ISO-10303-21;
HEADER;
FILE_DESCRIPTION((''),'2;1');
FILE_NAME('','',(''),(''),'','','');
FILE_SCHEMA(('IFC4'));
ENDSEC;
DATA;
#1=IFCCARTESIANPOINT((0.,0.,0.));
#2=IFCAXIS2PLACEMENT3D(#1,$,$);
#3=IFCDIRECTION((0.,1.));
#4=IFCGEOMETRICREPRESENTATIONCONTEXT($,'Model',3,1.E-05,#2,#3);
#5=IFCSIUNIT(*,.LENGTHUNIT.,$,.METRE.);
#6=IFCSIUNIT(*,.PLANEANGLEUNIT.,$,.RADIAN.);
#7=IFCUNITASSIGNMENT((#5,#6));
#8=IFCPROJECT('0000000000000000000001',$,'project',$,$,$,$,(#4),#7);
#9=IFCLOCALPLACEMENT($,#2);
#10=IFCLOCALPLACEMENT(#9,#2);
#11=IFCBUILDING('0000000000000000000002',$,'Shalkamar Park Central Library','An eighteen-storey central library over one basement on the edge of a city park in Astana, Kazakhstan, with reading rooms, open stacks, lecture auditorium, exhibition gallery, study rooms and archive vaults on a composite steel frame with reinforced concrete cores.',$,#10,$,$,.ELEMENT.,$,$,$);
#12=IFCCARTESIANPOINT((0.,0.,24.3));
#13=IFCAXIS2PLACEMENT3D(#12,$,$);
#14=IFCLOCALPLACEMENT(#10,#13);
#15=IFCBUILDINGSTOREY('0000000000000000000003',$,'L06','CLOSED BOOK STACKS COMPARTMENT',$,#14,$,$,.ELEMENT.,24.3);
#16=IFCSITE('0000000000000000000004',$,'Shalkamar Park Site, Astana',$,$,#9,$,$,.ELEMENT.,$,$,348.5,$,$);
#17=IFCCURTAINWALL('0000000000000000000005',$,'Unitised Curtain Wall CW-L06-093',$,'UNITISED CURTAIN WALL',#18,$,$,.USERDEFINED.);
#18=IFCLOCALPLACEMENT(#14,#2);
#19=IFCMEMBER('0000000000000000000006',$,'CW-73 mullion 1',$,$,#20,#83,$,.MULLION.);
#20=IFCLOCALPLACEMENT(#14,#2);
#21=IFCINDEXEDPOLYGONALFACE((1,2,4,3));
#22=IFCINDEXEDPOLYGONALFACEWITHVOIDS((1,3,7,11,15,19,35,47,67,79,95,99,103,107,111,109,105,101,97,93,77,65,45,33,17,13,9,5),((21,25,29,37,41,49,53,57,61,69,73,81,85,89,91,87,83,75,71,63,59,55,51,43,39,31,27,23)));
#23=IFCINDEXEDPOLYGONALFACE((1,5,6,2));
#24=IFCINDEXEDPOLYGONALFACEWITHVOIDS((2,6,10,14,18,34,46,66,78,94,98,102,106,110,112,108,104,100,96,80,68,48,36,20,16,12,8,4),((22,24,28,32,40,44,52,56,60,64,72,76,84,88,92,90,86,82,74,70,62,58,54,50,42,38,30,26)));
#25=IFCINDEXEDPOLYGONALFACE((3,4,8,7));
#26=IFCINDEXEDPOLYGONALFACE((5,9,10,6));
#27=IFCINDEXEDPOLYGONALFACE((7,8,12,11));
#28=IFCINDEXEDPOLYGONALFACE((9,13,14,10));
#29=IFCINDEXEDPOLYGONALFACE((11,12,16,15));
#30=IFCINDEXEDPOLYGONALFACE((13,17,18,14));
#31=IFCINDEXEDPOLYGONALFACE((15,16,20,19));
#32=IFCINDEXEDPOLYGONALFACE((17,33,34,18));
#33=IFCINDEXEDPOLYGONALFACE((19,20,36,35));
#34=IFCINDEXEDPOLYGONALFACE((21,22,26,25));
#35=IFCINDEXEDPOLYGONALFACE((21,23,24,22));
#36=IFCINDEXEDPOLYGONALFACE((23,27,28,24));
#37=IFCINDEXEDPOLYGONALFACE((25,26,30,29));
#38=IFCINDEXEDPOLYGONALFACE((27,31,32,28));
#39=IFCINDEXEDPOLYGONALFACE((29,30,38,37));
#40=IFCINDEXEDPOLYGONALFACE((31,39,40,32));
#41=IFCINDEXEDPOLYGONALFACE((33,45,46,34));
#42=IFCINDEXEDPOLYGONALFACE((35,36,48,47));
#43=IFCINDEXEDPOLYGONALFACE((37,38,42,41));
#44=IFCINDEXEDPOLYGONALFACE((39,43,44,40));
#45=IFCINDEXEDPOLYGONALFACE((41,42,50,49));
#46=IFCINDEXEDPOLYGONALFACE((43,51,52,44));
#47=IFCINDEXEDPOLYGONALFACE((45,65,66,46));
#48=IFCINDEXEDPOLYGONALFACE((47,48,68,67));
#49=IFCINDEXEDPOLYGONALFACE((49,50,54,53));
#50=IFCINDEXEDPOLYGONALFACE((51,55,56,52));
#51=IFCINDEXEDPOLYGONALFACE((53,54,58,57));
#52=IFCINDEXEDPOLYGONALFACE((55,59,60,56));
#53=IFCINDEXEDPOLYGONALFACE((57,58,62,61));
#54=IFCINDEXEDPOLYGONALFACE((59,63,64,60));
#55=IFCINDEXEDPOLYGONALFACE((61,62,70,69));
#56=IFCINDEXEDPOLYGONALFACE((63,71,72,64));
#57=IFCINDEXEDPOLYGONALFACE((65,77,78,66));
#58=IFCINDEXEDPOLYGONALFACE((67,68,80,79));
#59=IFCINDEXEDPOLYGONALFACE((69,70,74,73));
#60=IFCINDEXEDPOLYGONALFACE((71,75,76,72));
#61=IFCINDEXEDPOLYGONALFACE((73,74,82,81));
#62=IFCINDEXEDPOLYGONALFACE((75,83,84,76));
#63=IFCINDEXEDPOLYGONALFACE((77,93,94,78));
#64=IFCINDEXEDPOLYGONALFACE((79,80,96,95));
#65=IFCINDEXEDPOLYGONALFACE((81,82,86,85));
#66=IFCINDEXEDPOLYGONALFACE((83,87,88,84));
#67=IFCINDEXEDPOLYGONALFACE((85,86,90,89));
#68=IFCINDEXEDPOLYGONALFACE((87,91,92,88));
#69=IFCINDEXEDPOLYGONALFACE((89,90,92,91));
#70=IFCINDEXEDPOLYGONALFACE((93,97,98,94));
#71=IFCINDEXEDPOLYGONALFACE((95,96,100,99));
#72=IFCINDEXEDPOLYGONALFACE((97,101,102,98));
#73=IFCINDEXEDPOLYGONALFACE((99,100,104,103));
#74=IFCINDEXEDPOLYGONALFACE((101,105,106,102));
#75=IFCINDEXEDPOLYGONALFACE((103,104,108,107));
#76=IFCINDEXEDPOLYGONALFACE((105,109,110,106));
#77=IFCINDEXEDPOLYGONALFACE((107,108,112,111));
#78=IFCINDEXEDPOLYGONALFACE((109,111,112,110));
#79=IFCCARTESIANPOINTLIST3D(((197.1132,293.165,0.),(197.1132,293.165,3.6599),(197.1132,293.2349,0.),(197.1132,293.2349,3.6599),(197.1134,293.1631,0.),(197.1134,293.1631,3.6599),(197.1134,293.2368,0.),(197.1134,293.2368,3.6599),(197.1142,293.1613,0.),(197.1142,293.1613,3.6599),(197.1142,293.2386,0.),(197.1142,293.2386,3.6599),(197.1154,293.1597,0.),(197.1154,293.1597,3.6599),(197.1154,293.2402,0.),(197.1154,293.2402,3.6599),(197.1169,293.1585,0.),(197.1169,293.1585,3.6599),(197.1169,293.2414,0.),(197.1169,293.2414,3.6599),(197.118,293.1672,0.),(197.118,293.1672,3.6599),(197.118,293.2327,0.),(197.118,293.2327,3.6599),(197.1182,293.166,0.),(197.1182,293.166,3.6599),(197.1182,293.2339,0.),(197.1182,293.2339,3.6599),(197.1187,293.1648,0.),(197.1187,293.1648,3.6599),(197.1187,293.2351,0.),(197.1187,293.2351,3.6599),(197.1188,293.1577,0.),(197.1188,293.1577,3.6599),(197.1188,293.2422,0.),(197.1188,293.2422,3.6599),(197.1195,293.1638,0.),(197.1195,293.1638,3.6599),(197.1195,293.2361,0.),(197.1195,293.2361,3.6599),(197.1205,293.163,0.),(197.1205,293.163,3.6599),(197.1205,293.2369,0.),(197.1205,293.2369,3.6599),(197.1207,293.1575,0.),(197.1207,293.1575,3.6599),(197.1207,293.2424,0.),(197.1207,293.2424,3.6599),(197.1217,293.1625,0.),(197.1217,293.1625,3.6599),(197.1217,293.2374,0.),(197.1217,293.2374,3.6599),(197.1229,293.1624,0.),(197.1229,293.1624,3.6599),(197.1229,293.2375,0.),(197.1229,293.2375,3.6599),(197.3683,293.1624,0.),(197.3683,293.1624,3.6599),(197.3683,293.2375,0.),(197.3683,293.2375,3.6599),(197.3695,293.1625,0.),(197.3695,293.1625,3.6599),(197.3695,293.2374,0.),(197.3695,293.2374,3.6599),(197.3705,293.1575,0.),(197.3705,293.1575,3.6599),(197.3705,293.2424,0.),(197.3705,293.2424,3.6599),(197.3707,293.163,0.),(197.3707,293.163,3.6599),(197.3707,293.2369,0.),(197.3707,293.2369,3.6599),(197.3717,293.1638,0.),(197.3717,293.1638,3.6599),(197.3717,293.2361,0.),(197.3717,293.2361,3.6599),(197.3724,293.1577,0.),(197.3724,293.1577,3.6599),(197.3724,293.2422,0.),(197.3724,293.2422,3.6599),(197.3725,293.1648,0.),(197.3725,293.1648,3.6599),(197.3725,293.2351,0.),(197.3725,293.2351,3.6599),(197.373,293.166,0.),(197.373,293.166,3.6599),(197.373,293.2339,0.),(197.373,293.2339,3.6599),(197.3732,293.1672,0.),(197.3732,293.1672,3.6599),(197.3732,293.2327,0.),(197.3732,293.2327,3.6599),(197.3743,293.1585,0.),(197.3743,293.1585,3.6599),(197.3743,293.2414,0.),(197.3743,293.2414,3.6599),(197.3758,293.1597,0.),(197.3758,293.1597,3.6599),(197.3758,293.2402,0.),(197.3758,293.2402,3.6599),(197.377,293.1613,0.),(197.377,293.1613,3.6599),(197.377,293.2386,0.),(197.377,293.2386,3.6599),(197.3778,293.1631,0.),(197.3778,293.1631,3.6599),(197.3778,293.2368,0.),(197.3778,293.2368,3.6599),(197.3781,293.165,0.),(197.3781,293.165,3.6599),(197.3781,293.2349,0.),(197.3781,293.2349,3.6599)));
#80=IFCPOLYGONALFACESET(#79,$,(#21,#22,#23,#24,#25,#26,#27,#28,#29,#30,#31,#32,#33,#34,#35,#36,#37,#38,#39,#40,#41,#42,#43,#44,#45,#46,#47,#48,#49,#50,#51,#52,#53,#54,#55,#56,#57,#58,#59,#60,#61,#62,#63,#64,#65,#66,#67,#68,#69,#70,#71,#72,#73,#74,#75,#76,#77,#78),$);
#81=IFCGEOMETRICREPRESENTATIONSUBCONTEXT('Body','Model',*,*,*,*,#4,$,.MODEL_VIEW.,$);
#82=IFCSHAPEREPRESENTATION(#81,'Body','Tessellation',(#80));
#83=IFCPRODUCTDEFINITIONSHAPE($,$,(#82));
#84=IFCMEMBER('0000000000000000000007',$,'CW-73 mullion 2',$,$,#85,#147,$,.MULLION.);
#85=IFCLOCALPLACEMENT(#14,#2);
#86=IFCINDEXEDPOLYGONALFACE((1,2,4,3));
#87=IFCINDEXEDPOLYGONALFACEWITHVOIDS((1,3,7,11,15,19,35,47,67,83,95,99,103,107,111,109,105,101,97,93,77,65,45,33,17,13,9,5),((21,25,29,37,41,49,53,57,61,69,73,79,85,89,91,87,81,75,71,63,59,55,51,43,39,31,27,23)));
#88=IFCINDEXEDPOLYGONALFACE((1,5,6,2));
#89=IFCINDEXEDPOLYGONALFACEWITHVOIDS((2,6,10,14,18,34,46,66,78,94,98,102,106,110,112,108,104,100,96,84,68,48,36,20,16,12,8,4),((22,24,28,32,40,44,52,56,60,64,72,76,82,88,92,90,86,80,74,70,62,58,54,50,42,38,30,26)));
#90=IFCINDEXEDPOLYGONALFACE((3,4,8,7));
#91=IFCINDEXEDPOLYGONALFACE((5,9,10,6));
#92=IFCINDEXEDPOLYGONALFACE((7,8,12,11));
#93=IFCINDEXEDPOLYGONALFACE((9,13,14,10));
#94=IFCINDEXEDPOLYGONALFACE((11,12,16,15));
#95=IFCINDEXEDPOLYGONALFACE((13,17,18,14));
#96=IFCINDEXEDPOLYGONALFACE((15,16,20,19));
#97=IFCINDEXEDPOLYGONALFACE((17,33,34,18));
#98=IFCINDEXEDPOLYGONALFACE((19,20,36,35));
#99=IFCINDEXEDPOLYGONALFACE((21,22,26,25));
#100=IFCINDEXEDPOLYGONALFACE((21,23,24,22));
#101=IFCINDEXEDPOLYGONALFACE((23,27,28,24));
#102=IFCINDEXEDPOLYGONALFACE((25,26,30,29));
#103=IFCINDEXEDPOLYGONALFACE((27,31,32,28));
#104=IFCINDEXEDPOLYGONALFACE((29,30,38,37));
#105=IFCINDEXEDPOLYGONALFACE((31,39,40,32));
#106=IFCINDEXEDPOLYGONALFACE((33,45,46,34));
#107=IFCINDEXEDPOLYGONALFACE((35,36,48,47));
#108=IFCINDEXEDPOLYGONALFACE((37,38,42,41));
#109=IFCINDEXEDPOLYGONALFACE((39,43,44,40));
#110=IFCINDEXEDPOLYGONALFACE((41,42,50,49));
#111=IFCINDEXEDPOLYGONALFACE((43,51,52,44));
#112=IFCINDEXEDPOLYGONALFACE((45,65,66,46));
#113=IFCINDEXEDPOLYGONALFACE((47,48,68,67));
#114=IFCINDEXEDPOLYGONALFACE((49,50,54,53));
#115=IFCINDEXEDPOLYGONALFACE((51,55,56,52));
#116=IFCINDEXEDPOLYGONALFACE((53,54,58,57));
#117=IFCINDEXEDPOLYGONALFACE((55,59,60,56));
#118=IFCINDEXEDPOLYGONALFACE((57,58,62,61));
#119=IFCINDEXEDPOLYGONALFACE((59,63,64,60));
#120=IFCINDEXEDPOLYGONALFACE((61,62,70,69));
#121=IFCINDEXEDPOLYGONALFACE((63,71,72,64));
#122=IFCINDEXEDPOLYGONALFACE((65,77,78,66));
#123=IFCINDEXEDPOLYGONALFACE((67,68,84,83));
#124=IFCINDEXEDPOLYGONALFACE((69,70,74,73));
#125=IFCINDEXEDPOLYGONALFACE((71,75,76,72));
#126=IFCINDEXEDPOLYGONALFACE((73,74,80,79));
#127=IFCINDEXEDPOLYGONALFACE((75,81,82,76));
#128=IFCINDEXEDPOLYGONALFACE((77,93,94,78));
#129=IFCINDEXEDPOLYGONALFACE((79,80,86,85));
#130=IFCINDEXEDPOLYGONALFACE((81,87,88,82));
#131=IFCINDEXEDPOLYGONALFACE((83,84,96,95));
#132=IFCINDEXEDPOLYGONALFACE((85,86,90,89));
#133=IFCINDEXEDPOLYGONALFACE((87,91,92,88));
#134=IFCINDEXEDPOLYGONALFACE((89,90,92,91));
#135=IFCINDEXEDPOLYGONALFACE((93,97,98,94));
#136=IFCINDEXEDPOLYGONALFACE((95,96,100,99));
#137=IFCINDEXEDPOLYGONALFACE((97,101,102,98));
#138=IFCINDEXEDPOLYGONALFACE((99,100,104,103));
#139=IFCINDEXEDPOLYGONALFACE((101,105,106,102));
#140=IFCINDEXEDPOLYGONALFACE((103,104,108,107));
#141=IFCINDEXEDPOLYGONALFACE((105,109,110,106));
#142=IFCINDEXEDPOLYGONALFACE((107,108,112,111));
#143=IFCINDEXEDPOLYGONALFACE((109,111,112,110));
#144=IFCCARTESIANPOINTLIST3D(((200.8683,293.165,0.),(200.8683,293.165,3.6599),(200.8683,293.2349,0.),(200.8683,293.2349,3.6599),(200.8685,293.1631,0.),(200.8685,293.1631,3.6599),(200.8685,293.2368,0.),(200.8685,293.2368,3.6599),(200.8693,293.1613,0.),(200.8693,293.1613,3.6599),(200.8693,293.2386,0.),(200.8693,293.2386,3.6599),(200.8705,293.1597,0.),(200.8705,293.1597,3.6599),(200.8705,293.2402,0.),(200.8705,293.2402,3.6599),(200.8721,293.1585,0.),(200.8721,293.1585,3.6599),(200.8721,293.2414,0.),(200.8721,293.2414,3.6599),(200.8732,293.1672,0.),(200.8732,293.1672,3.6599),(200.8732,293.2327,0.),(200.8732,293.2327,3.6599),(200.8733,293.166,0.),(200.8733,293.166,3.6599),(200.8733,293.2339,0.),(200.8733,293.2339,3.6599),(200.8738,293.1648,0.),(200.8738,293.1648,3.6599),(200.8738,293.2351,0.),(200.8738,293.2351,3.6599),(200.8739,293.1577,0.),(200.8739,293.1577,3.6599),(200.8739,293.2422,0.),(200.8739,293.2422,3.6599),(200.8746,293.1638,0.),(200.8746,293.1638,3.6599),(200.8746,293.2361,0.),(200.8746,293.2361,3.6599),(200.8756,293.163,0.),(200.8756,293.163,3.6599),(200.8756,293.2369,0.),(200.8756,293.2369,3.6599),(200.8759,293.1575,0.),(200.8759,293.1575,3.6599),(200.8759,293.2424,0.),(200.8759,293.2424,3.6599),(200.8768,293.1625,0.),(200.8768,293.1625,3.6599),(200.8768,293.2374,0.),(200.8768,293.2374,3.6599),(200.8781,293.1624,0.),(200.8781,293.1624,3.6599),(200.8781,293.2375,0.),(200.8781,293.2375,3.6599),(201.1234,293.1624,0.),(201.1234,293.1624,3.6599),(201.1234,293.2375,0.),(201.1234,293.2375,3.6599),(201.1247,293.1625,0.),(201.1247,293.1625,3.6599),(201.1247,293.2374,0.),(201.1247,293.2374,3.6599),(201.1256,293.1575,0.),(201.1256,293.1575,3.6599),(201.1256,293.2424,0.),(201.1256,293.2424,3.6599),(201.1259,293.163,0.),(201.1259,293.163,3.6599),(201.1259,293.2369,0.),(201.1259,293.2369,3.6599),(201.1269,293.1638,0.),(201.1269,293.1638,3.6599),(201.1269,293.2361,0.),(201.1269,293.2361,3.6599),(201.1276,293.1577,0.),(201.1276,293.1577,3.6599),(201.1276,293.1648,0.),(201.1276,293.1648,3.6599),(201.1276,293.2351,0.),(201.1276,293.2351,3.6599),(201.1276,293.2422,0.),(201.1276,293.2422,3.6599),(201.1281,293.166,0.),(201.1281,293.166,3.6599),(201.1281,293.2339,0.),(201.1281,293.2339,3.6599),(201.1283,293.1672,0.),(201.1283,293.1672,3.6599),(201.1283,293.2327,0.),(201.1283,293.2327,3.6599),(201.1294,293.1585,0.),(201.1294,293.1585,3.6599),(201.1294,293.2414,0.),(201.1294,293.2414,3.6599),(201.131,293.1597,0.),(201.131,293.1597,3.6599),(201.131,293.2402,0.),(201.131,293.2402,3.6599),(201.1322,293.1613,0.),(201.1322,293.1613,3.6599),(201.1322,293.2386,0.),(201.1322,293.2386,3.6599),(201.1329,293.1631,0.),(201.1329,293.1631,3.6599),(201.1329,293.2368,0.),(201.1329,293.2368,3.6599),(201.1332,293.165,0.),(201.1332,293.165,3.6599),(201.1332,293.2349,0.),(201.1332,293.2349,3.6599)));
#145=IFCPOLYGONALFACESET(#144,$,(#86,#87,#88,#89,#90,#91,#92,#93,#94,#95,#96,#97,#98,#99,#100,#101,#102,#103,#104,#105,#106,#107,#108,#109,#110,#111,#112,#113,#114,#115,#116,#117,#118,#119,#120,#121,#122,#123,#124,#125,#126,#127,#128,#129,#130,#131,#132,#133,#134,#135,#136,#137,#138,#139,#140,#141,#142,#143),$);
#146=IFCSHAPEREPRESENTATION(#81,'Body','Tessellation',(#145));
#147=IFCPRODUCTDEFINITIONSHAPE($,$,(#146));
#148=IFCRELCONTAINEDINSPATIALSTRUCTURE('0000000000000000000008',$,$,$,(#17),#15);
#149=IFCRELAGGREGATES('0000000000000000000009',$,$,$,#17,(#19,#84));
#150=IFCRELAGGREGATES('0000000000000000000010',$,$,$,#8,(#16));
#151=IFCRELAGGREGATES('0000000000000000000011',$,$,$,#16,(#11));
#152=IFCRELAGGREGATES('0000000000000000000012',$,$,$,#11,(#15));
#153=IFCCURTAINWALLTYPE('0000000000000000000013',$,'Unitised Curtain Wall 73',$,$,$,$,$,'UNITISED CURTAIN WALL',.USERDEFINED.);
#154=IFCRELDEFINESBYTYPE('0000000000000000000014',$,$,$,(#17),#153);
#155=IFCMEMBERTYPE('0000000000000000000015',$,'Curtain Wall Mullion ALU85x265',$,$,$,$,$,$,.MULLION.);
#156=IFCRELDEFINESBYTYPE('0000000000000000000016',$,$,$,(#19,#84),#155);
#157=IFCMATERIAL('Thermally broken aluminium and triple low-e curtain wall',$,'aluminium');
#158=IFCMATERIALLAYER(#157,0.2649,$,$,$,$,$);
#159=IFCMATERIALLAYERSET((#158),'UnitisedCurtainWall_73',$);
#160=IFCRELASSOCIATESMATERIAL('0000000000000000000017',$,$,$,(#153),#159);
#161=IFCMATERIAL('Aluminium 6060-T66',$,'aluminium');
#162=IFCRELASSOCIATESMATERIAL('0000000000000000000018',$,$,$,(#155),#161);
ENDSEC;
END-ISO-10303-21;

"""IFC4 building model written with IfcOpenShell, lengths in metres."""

from ifc_helpers import new_model, si_unit, direction, frame, origin, origin_2d, place, context, subcontext, project, spatial, hollow_rectangle, extrude, material, layer, layer_set, material_profile, profile_set, type_object, element, aggregate, save


model = new_model("IFC4")

# Units and contexts
model_context = context("Model", 3, precision=1e-05, world=origin(), true_north=direction((0.0, 1.0)))
body_context = subcontext(model_context, "Body", "Model", "MODEL_VIEW")
ifc_project = project(units=[si_unit("LENGTHUNIT", "METRE"), si_unit("PLANEANGLEUNIT", "RADIAN")], contexts=[model_context])

# Site, building, storey
site_placement = place(None, origin())
site = spatial("IfcSite", under=ifc_project, at=site_placement, Name="Shalkamar Park Site, Astana", CompositionType="ELEMENT", RefElevation=348.5)
building_placement = place(site_placement, origin())
building = spatial("IfcBuilding", under=site, at=building_placement, Name="Shalkamar Park Central Library", Description="An eighteen-storey central library over one basement on the edge of a city park in Astana, Kazakhstan, with reading rooms, open stacks, lecture auditorium, exhibition gallery, study rooms and archive vaults on a composite steel frame with reinforced concrete cores.", CompositionType="ELEMENT")
storey_placement = place(building_placement, frame((0.0, 0.0, 24.3)))
storey = spatial("IfcBuildingStorey", under=building, at=storey_placement, Name="L06", Description="CLOSED BOOK STACKS COMPARTMENT", CompositionType="ELEMENT", Elevation=24.3)

# Shared definitions
ifc_material_1 = material(Name="Thermally broken aluminium and triple low-e curtain wall", Category="aluminium")
ifc_material_2 = material(Name="Aluminium 6060-T66", Category="aluminium")

# Curtain wall, members
ifc_layer_1 = layer(ifc_material_1, 0.2649)
ifc_layer_set_1 = layer_set([ifc_layer_1], Name="UnitisedCurtainWall_73")
curtain_wall_type_1 = type_object("IfcCurtainWallType", Name="Unitised Curtain Wall 73", ElementType="UNITISED CURTAIN WALL", PredefinedType="USERDEFINED", material=ifc_layer_set_1)
curtain_wall_1_placement = place(storey_placement, origin())
curtain_wall_1 = element("IfcCurtainWall", 1, at=curtain_wall_1_placement, inside=storey, type_object=curtain_wall_type_1, Name="Unitised Curtain Wall CW-L06-093", ObjectType="UNITISED CURTAIN WALL", PredefinedType="USERDEFINED")
ifc_material_profile_1 = material_profile(ifc_material_2, hollow_rectangle(XDim=0.085, YDim=0.2649, WallThickness=0.0049, InnerFilletRadius=0.0049, OuterFilletRadius=0.0076, at=origin_2d()), Name="ALU 85x265x5")
ifc_profile_set_1 = profile_set([ifc_material_profile_1], Name="Aluminium 6060-T66")
member_type_1 = type_object("IfcMemberType", Name="Curtain Wall Mullion ALU85x265", PredefinedType="MULLION", material=ifc_profile_set_1)
member_1_placement = place(storey_placement, frame((197.2456, 293.2, 0.0), z_axis=(0.0, 0.0, 1.0), x_axis=(0.0, 1.0, 0.0)))
member_1 = element("IfcMember", 2, at=member_1_placement, type_object=member_type_1, Name="CW-73 mullion 1", PredefinedType="MULLION", context=body_context, shape_type="SweptSolid", body=[
    extrude(hollow_rectangle(XDim=0.085, YDim=0.2649, WallThickness=0.0049, InnerFilletRadius=0.0049, OuterFilletRadius=0.0076, at=origin_2d()), origin(), (0.0, 0.0, 1.0), 3.6599),
])
member_2_placement = place(storey_placement, frame((201.0007, 293.2, 0.0), z_axis=(0.0, 0.0, 1.0), x_axis=(0.0, 1.0, 0.0)))
member_2 = element("IfcMember", 3, at=member_2_placement, type_object=member_type_1, Name="CW-73 mullion 2", PredefinedType="MULLION", context=body_context, shape_type="SweptSolid", body=[
    extrude(hollow_rectangle(XDim=0.085, YDim=0.2649, WallThickness=0.0049, InnerFilletRadius=0.0049, OuterFilletRadius=0.0076, at=origin_2d()), origin(), (0.0, 0.0, 1.0), 3.6599),
])

aggregate(curtain_wall_1, [member_1, member_2])

save(model, "model.ifc")
